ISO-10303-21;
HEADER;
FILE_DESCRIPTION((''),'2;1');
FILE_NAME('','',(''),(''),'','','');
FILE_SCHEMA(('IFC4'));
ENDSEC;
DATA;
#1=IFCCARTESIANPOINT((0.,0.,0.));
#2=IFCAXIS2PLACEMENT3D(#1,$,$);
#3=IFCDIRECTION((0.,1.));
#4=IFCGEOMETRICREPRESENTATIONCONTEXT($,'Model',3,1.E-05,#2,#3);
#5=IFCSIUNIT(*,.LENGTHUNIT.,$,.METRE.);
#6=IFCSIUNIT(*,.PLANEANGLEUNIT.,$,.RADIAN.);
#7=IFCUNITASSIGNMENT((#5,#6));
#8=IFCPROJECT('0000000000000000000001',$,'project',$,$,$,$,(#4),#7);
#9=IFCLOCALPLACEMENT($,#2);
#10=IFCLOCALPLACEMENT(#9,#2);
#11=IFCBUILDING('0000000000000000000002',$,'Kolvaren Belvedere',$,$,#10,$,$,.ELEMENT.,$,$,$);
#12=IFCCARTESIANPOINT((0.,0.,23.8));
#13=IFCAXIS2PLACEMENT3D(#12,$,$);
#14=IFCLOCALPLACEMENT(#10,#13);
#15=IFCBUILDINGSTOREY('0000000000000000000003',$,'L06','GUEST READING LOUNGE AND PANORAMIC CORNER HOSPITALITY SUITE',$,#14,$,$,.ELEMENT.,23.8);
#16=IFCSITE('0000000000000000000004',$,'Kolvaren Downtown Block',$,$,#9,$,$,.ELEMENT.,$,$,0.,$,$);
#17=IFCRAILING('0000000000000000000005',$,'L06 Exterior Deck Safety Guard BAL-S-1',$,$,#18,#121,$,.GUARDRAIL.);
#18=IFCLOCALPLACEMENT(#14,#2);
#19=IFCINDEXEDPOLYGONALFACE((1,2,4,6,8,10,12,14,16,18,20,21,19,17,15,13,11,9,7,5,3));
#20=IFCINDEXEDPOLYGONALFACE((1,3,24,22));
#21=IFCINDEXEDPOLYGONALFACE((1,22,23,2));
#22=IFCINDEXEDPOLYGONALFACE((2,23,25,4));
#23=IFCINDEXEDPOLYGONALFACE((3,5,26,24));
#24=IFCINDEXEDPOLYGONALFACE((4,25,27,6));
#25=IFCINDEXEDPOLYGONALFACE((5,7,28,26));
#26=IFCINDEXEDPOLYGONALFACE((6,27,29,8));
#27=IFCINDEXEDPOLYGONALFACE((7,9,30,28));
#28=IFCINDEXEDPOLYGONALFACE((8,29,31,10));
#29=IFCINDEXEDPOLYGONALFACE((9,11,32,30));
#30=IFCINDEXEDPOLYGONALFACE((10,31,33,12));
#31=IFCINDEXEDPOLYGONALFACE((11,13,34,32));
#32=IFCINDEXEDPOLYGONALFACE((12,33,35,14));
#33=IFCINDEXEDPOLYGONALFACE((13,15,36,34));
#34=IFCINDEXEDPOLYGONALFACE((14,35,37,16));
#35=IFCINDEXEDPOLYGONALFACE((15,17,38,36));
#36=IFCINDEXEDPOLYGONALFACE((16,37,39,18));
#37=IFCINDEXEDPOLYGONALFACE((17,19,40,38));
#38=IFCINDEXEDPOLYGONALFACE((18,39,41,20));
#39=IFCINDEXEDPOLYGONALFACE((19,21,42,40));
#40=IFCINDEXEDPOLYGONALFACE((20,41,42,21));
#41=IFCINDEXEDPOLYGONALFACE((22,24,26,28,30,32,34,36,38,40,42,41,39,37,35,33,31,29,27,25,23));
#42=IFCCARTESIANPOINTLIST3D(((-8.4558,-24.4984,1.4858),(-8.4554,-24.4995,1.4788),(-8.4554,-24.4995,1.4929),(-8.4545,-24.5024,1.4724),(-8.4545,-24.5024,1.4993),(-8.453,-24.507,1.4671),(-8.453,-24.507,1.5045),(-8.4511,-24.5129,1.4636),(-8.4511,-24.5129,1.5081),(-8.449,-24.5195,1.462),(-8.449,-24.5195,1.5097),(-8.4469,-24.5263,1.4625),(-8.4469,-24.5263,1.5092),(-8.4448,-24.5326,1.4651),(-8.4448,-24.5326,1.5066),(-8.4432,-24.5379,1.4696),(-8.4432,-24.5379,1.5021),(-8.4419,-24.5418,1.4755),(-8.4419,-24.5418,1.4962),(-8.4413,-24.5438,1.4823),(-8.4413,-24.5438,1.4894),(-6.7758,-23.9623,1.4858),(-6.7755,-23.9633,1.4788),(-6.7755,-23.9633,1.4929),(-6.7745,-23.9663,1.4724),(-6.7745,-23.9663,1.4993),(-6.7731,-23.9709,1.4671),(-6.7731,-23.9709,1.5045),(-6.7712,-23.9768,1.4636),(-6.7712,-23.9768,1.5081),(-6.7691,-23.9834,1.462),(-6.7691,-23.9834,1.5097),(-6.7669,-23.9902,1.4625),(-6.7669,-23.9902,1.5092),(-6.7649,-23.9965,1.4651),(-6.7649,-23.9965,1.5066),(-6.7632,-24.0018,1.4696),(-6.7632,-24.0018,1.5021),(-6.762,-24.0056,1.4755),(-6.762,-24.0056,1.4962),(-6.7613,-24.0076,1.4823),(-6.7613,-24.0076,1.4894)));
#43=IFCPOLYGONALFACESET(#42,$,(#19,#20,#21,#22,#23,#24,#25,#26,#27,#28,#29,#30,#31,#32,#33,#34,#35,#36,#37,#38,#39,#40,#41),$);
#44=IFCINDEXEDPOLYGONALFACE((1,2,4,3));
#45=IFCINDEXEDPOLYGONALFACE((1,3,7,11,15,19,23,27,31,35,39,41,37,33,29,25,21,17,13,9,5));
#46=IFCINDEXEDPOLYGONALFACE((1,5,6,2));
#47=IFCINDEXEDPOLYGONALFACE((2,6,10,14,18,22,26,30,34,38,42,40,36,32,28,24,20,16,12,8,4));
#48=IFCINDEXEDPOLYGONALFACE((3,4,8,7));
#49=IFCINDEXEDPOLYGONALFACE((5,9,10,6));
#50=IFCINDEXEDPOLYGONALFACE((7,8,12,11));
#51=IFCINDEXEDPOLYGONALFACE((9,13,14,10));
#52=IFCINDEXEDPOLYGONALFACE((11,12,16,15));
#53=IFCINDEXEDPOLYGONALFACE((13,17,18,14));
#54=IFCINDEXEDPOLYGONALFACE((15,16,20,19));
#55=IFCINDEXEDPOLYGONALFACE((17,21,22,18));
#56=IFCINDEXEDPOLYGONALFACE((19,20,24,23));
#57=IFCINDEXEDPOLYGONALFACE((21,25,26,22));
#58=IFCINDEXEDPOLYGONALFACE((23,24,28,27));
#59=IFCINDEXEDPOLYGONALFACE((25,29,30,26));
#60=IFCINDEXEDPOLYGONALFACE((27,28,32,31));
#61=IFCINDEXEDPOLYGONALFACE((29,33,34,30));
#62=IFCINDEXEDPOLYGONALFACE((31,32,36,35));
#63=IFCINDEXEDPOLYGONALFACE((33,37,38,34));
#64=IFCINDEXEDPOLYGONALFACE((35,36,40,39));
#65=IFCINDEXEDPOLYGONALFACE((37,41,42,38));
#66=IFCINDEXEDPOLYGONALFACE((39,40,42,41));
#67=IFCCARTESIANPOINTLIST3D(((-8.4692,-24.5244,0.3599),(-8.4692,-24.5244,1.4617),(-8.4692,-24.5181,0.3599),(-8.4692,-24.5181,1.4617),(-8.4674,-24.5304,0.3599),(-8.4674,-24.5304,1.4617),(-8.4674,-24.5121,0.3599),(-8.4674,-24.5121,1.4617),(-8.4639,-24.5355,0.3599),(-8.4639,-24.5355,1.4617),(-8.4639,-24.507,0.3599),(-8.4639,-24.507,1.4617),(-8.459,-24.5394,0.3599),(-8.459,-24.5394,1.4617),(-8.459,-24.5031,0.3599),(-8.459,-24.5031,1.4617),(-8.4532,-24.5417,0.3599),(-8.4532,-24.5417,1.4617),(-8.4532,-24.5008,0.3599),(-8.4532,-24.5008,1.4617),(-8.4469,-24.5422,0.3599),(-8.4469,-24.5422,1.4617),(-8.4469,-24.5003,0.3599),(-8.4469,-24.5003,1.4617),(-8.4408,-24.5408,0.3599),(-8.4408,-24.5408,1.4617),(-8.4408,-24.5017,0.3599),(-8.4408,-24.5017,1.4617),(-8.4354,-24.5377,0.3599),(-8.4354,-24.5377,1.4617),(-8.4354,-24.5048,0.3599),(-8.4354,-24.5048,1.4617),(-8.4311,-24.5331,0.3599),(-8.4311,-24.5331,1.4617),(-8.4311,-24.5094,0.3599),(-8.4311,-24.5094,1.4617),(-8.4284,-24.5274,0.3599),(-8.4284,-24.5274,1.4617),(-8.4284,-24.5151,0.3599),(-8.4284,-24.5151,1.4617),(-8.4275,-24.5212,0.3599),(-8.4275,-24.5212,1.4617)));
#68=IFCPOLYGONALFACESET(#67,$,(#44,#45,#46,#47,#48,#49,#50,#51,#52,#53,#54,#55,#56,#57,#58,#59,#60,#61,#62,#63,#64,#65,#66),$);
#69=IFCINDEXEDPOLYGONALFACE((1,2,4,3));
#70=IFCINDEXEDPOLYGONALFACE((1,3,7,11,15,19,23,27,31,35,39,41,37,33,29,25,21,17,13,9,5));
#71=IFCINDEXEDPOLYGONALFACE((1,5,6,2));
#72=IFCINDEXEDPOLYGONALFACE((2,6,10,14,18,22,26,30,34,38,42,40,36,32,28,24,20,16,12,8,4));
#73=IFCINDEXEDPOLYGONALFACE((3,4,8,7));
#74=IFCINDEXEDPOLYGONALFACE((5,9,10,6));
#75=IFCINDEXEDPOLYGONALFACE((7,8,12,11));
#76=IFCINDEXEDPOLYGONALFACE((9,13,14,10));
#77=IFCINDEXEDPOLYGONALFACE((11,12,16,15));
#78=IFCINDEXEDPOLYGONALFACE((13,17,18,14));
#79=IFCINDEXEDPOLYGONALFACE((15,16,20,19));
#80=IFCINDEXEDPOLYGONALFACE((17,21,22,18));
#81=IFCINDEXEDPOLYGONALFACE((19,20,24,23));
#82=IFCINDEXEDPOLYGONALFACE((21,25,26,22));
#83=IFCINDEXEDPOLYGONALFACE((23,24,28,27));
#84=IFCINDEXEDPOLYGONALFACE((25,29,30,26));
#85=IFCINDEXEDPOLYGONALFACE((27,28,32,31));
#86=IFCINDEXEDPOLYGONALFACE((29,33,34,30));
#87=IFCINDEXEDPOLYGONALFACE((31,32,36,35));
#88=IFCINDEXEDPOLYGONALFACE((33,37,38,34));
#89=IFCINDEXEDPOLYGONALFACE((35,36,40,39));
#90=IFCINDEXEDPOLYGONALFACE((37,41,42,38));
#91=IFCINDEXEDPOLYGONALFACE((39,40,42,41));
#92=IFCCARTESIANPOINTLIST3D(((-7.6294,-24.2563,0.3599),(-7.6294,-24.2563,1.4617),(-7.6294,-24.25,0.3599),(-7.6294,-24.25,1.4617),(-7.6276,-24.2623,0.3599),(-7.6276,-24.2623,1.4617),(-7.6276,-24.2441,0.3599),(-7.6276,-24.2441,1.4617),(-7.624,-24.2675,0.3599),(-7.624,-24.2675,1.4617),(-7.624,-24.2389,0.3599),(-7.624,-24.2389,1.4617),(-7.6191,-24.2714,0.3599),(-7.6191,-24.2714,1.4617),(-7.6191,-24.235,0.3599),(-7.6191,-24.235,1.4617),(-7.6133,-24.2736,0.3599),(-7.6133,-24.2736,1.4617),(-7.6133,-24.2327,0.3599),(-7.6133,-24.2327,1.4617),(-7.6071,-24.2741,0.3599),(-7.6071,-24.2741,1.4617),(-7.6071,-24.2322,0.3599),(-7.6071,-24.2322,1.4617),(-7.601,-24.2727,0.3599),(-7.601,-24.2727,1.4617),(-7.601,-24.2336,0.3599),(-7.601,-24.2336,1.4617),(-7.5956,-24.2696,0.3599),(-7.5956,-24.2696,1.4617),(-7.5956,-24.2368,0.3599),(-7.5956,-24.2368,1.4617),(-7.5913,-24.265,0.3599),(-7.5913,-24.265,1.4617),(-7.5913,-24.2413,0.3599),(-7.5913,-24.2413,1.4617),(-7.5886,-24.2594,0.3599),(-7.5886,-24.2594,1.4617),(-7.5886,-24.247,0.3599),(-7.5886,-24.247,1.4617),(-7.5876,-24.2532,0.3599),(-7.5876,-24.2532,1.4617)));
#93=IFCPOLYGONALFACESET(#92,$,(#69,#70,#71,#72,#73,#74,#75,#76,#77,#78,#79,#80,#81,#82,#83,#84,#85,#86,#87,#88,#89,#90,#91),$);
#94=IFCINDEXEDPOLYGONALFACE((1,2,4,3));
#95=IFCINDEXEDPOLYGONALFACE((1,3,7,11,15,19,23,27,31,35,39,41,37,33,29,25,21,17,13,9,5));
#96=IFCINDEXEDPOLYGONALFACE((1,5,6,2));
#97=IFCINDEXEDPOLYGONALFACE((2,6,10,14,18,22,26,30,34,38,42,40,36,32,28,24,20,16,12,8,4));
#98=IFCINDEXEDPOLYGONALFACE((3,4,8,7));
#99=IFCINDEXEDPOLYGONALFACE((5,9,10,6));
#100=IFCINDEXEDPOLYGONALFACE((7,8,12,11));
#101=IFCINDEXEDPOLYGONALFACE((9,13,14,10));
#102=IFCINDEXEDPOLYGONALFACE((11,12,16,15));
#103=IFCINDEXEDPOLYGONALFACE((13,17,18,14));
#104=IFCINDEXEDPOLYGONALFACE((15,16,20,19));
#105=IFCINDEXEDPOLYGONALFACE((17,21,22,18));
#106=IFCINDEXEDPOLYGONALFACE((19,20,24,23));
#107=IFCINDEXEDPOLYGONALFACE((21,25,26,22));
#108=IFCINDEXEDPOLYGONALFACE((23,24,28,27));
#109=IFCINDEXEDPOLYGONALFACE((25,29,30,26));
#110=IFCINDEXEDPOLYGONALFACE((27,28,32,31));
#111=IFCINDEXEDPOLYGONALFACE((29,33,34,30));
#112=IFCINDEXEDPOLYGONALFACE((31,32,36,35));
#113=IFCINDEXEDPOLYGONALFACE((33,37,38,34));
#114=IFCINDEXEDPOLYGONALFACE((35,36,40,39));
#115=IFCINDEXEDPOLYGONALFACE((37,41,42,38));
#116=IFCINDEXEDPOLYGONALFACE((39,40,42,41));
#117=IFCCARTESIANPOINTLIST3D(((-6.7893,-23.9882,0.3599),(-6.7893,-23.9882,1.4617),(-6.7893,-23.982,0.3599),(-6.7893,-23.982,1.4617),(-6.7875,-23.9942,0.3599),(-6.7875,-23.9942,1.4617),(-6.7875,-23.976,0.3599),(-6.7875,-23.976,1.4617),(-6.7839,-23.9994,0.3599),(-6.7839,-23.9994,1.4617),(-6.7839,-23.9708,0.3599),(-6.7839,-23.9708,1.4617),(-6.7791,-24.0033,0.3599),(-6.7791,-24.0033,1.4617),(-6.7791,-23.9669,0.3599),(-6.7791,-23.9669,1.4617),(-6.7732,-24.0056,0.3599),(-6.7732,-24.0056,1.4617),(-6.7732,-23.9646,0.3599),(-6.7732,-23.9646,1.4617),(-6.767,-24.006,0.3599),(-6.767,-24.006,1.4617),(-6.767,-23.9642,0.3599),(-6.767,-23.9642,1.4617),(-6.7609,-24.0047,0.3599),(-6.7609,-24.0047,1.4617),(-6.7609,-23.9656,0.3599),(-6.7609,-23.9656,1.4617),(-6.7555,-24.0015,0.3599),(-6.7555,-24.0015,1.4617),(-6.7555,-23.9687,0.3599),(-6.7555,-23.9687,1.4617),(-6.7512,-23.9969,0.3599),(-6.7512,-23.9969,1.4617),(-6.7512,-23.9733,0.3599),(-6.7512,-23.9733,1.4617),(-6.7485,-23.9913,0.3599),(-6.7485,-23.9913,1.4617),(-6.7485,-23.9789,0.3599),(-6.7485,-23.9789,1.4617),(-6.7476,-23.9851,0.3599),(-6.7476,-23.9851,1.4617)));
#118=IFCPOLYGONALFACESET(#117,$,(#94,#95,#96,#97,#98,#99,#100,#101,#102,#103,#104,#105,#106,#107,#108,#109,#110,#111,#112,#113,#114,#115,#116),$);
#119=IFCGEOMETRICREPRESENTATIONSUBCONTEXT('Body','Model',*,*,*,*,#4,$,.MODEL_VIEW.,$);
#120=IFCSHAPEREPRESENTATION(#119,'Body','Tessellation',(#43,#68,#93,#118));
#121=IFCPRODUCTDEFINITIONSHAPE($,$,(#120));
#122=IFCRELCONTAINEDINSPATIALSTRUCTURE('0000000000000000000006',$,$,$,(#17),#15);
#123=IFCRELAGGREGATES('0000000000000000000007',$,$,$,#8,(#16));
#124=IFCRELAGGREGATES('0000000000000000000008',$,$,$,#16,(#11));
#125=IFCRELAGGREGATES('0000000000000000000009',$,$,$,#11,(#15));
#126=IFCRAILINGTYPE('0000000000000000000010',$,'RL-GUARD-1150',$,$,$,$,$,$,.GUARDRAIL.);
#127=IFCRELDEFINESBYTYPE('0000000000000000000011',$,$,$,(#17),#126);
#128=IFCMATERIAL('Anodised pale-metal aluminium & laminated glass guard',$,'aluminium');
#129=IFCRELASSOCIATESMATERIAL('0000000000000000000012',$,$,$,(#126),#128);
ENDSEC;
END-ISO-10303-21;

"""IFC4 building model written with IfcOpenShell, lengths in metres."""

from ifc_helpers import new_model, si_unit, direction, frame, origin, origin_2d, place, context, subcontext, project, spatial, circle, extrude, material, type_object, element, save


model = new_model("IFC4")

# Units and contexts
model_context = context("Model", 3, precision=1e-05, world=origin(), true_north=direction((0.0, 1.0)))
body_context = subcontext(model_context, "Body", "Model", "MODEL_VIEW")
ifc_project = project(units=[si_unit("LENGTHUNIT", "METRE"), si_unit("PLANEANGLEUNIT", "RADIAN")], contexts=[model_context])

# Site, building, storey
site_placement = place(None, origin())
site = spatial("IfcSite", under=ifc_project, at=site_placement, Name="Kolvaren Downtown Block", CompositionType="ELEMENT", RefElevation=0.0)
building_placement = place(site_placement, origin())
building = spatial("IfcBuilding", under=site, at=building_placement, Name="Kolvaren Belvedere", CompositionType="ELEMENT")
storey_placement = place(building_placement, frame((0.0, 0.0, 23.8)))
storey = spatial("IfcBuildingStorey", under=building, at=storey_placement, Name="L06", Description="GUEST READING LOUNGE AND PANORAMIC CORNER HOSPITALITY SUITE", CompositionType="ELEMENT", Elevation=23.8)

# Railing
ifc_material_1 = material(Name="Anodised pale-metal aluminium & laminated glass guard", Category="aluminium")
railing_type = type_object("IfcRailingType", Name="RL-GUARD-1150", PredefinedType="GUARDRAIL", material=ifc_material_1)
railing_1_placement = place(storey_placement, frame((-8.4485, -24.5212, 0.3599)))
element("IfcRailing", 1, at=railing_1_placement, inside=storey, type_object=railing_type, Name="L06 Exterior Deck Safety Guard BAL-S-1", PredefinedType="GUARDRAIL", context=body_context, shape_type="SweptSolid", body=[
    extrude(circle(Radius=0.0239, at=origin_2d()), frame((0.0, 0.0, 1.126), z_axis=(0.952662, 0.304032, 0.0), x_axis=(-0.304032, 0.952662, 0.0)), (0.0, 0.0, 1.0), 1.7634),
    extrude(circle(Radius=0.021, at=origin_2d()), origin(), (0.0, 0.0, 1.0), 1.1018),
    extrude(circle(Radius=0.021, at=origin_2d()), frame((0.8398, 0.2681, 0.0)), (0.0, 0.0, 1.0), 1.1018),
    extrude(circle(Radius=0.021, at=origin_2d()), frame((1.6799, 0.5361, 0.0)), (0.0, 0.0, 1.0), 1.1018),
])

save(model, "model.ifc")
